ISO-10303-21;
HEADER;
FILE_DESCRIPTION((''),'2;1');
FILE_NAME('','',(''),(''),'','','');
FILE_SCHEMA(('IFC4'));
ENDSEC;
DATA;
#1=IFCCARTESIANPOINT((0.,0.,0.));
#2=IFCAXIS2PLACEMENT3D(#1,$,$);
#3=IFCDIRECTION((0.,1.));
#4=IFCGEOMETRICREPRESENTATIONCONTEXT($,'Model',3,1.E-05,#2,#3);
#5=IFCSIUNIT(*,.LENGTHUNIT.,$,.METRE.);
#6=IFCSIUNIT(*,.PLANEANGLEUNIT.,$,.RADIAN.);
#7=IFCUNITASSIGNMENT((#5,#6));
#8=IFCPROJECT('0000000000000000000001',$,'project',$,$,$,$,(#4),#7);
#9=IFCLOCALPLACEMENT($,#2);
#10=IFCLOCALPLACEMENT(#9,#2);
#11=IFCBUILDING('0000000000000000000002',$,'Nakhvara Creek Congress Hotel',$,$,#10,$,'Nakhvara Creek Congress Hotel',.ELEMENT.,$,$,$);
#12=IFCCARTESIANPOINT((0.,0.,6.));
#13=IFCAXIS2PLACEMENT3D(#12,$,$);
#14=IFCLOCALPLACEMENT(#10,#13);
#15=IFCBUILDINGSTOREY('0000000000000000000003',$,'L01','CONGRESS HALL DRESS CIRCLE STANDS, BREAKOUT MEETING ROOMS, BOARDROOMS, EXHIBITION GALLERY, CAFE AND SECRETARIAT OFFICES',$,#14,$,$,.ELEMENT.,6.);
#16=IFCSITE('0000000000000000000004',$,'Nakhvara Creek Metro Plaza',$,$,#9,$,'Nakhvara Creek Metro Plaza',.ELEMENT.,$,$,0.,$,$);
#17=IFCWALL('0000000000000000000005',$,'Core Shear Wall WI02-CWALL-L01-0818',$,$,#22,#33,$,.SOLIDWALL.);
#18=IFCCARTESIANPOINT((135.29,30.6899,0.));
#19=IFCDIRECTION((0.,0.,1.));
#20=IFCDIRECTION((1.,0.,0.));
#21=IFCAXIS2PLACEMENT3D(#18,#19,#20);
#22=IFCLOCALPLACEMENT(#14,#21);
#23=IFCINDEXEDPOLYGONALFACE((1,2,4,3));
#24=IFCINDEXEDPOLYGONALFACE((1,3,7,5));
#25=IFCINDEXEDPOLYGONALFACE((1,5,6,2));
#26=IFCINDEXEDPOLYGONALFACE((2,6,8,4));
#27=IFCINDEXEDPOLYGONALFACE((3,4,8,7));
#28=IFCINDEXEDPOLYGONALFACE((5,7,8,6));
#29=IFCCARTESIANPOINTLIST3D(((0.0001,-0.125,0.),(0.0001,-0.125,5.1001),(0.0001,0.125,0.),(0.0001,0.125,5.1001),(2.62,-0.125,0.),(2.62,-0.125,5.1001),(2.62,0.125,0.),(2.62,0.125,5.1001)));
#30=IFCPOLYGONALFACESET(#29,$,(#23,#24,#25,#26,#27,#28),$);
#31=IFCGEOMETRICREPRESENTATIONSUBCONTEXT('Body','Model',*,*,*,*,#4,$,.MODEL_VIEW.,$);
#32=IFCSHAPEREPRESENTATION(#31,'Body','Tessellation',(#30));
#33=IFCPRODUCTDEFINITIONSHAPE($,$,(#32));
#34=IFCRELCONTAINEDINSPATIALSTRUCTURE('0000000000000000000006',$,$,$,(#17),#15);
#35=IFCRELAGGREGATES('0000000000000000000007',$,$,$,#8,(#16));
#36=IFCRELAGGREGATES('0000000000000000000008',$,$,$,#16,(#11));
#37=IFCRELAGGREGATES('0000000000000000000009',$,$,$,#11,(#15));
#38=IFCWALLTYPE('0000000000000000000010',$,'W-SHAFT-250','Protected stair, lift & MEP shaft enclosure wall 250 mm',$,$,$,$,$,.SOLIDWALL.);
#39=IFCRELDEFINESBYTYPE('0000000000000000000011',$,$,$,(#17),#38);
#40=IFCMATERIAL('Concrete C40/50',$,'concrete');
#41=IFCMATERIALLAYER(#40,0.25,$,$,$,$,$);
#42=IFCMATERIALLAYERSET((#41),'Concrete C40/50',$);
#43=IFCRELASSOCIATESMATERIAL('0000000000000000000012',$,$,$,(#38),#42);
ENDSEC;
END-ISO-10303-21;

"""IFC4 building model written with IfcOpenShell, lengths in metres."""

from ifc_helpers import new_model, si_unit, direction, frame, frame_2d, origin, place, context, subcontext, project, spatial, rectangle, extrude, material, layer, layer_set, type_object, element, save


model = new_model("IFC4")

# Units and contexts
model_context = context("Model", 3, precision=1e-05, world=origin(), true_north=direction((0.0, 1.0)))
body_context = subcontext(model_context, "Body", "Model", "MODEL_VIEW")
ifc_project = project(units=[si_unit("LENGTHUNIT", "METRE"), si_unit("PLANEANGLEUNIT", "RADIAN")], contexts=[model_context])

# Site, building, storey
site_placement = place(None, origin())
site = spatial("IfcSite", under=ifc_project, at=site_placement, Name="Nakhvara Creek Metro Plaza", LongName="Nakhvara Creek Metro Plaza", CompositionType="ELEMENT", RefElevation=0.0)
building_placement = place(site_placement, origin())
building = spatial("IfcBuilding", under=site, at=building_placement, Name="Nakhvara Creek Congress Hotel", LongName="Nakhvara Creek Congress Hotel", CompositionType="ELEMENT")
storey_placement = place(building_placement, frame((0.0, 0.0, 6.0)))
storey = spatial("IfcBuildingStorey", under=building, at=storey_placement, Name="L01", Description="CONGRESS HALL DRESS CIRCLE STANDS, BREAKOUT MEETING ROOMS, BOARDROOMS, EXHIBITION GALLERY, CAFE AND SECRETARIAT OFFICES", CompositionType="ELEMENT", Elevation=6.0)

# Shared definitions
ifc_material_1 = material(Name="Concrete C40/50", Category="concrete")

# Wall
ifc_layer_1 = layer(ifc_material_1, 0.25)
ifc_layer_set_1 = layer_set([ifc_layer_1], Name="Concrete C40/50")
wall_type_1 = type_object("IfcWallType", Name="W-SHAFT-250", Description="Protected stair, lift & MEP shaft enclosure wall 250 mm", PredefinedType="SOLIDWALL", material=ifc_layer_set_1)
wall_1_placement = place(storey_placement, frame((135.29, 30.6899, 0.0), z_axis=(0.0, 0.0, 1.0), x_axis=(1.0, 0.0, 0.0)))
element("IfcWall", 1, at=wall_1_placement, inside=storey, type_object=wall_type_1, Name="Core Shear Wall WI02-CWALL-L01-0818", PredefinedType="SOLIDWALL", context=body_context, shape_type="SweptSolid", body=[
    extrude(rectangle(XDim=2.6199, YDim=0.25, at=frame_2d((1.3101, 0.0))), origin(), (0.0, 0.0, 1.0), 5.1001),
])

save(model, "model.ifc")
